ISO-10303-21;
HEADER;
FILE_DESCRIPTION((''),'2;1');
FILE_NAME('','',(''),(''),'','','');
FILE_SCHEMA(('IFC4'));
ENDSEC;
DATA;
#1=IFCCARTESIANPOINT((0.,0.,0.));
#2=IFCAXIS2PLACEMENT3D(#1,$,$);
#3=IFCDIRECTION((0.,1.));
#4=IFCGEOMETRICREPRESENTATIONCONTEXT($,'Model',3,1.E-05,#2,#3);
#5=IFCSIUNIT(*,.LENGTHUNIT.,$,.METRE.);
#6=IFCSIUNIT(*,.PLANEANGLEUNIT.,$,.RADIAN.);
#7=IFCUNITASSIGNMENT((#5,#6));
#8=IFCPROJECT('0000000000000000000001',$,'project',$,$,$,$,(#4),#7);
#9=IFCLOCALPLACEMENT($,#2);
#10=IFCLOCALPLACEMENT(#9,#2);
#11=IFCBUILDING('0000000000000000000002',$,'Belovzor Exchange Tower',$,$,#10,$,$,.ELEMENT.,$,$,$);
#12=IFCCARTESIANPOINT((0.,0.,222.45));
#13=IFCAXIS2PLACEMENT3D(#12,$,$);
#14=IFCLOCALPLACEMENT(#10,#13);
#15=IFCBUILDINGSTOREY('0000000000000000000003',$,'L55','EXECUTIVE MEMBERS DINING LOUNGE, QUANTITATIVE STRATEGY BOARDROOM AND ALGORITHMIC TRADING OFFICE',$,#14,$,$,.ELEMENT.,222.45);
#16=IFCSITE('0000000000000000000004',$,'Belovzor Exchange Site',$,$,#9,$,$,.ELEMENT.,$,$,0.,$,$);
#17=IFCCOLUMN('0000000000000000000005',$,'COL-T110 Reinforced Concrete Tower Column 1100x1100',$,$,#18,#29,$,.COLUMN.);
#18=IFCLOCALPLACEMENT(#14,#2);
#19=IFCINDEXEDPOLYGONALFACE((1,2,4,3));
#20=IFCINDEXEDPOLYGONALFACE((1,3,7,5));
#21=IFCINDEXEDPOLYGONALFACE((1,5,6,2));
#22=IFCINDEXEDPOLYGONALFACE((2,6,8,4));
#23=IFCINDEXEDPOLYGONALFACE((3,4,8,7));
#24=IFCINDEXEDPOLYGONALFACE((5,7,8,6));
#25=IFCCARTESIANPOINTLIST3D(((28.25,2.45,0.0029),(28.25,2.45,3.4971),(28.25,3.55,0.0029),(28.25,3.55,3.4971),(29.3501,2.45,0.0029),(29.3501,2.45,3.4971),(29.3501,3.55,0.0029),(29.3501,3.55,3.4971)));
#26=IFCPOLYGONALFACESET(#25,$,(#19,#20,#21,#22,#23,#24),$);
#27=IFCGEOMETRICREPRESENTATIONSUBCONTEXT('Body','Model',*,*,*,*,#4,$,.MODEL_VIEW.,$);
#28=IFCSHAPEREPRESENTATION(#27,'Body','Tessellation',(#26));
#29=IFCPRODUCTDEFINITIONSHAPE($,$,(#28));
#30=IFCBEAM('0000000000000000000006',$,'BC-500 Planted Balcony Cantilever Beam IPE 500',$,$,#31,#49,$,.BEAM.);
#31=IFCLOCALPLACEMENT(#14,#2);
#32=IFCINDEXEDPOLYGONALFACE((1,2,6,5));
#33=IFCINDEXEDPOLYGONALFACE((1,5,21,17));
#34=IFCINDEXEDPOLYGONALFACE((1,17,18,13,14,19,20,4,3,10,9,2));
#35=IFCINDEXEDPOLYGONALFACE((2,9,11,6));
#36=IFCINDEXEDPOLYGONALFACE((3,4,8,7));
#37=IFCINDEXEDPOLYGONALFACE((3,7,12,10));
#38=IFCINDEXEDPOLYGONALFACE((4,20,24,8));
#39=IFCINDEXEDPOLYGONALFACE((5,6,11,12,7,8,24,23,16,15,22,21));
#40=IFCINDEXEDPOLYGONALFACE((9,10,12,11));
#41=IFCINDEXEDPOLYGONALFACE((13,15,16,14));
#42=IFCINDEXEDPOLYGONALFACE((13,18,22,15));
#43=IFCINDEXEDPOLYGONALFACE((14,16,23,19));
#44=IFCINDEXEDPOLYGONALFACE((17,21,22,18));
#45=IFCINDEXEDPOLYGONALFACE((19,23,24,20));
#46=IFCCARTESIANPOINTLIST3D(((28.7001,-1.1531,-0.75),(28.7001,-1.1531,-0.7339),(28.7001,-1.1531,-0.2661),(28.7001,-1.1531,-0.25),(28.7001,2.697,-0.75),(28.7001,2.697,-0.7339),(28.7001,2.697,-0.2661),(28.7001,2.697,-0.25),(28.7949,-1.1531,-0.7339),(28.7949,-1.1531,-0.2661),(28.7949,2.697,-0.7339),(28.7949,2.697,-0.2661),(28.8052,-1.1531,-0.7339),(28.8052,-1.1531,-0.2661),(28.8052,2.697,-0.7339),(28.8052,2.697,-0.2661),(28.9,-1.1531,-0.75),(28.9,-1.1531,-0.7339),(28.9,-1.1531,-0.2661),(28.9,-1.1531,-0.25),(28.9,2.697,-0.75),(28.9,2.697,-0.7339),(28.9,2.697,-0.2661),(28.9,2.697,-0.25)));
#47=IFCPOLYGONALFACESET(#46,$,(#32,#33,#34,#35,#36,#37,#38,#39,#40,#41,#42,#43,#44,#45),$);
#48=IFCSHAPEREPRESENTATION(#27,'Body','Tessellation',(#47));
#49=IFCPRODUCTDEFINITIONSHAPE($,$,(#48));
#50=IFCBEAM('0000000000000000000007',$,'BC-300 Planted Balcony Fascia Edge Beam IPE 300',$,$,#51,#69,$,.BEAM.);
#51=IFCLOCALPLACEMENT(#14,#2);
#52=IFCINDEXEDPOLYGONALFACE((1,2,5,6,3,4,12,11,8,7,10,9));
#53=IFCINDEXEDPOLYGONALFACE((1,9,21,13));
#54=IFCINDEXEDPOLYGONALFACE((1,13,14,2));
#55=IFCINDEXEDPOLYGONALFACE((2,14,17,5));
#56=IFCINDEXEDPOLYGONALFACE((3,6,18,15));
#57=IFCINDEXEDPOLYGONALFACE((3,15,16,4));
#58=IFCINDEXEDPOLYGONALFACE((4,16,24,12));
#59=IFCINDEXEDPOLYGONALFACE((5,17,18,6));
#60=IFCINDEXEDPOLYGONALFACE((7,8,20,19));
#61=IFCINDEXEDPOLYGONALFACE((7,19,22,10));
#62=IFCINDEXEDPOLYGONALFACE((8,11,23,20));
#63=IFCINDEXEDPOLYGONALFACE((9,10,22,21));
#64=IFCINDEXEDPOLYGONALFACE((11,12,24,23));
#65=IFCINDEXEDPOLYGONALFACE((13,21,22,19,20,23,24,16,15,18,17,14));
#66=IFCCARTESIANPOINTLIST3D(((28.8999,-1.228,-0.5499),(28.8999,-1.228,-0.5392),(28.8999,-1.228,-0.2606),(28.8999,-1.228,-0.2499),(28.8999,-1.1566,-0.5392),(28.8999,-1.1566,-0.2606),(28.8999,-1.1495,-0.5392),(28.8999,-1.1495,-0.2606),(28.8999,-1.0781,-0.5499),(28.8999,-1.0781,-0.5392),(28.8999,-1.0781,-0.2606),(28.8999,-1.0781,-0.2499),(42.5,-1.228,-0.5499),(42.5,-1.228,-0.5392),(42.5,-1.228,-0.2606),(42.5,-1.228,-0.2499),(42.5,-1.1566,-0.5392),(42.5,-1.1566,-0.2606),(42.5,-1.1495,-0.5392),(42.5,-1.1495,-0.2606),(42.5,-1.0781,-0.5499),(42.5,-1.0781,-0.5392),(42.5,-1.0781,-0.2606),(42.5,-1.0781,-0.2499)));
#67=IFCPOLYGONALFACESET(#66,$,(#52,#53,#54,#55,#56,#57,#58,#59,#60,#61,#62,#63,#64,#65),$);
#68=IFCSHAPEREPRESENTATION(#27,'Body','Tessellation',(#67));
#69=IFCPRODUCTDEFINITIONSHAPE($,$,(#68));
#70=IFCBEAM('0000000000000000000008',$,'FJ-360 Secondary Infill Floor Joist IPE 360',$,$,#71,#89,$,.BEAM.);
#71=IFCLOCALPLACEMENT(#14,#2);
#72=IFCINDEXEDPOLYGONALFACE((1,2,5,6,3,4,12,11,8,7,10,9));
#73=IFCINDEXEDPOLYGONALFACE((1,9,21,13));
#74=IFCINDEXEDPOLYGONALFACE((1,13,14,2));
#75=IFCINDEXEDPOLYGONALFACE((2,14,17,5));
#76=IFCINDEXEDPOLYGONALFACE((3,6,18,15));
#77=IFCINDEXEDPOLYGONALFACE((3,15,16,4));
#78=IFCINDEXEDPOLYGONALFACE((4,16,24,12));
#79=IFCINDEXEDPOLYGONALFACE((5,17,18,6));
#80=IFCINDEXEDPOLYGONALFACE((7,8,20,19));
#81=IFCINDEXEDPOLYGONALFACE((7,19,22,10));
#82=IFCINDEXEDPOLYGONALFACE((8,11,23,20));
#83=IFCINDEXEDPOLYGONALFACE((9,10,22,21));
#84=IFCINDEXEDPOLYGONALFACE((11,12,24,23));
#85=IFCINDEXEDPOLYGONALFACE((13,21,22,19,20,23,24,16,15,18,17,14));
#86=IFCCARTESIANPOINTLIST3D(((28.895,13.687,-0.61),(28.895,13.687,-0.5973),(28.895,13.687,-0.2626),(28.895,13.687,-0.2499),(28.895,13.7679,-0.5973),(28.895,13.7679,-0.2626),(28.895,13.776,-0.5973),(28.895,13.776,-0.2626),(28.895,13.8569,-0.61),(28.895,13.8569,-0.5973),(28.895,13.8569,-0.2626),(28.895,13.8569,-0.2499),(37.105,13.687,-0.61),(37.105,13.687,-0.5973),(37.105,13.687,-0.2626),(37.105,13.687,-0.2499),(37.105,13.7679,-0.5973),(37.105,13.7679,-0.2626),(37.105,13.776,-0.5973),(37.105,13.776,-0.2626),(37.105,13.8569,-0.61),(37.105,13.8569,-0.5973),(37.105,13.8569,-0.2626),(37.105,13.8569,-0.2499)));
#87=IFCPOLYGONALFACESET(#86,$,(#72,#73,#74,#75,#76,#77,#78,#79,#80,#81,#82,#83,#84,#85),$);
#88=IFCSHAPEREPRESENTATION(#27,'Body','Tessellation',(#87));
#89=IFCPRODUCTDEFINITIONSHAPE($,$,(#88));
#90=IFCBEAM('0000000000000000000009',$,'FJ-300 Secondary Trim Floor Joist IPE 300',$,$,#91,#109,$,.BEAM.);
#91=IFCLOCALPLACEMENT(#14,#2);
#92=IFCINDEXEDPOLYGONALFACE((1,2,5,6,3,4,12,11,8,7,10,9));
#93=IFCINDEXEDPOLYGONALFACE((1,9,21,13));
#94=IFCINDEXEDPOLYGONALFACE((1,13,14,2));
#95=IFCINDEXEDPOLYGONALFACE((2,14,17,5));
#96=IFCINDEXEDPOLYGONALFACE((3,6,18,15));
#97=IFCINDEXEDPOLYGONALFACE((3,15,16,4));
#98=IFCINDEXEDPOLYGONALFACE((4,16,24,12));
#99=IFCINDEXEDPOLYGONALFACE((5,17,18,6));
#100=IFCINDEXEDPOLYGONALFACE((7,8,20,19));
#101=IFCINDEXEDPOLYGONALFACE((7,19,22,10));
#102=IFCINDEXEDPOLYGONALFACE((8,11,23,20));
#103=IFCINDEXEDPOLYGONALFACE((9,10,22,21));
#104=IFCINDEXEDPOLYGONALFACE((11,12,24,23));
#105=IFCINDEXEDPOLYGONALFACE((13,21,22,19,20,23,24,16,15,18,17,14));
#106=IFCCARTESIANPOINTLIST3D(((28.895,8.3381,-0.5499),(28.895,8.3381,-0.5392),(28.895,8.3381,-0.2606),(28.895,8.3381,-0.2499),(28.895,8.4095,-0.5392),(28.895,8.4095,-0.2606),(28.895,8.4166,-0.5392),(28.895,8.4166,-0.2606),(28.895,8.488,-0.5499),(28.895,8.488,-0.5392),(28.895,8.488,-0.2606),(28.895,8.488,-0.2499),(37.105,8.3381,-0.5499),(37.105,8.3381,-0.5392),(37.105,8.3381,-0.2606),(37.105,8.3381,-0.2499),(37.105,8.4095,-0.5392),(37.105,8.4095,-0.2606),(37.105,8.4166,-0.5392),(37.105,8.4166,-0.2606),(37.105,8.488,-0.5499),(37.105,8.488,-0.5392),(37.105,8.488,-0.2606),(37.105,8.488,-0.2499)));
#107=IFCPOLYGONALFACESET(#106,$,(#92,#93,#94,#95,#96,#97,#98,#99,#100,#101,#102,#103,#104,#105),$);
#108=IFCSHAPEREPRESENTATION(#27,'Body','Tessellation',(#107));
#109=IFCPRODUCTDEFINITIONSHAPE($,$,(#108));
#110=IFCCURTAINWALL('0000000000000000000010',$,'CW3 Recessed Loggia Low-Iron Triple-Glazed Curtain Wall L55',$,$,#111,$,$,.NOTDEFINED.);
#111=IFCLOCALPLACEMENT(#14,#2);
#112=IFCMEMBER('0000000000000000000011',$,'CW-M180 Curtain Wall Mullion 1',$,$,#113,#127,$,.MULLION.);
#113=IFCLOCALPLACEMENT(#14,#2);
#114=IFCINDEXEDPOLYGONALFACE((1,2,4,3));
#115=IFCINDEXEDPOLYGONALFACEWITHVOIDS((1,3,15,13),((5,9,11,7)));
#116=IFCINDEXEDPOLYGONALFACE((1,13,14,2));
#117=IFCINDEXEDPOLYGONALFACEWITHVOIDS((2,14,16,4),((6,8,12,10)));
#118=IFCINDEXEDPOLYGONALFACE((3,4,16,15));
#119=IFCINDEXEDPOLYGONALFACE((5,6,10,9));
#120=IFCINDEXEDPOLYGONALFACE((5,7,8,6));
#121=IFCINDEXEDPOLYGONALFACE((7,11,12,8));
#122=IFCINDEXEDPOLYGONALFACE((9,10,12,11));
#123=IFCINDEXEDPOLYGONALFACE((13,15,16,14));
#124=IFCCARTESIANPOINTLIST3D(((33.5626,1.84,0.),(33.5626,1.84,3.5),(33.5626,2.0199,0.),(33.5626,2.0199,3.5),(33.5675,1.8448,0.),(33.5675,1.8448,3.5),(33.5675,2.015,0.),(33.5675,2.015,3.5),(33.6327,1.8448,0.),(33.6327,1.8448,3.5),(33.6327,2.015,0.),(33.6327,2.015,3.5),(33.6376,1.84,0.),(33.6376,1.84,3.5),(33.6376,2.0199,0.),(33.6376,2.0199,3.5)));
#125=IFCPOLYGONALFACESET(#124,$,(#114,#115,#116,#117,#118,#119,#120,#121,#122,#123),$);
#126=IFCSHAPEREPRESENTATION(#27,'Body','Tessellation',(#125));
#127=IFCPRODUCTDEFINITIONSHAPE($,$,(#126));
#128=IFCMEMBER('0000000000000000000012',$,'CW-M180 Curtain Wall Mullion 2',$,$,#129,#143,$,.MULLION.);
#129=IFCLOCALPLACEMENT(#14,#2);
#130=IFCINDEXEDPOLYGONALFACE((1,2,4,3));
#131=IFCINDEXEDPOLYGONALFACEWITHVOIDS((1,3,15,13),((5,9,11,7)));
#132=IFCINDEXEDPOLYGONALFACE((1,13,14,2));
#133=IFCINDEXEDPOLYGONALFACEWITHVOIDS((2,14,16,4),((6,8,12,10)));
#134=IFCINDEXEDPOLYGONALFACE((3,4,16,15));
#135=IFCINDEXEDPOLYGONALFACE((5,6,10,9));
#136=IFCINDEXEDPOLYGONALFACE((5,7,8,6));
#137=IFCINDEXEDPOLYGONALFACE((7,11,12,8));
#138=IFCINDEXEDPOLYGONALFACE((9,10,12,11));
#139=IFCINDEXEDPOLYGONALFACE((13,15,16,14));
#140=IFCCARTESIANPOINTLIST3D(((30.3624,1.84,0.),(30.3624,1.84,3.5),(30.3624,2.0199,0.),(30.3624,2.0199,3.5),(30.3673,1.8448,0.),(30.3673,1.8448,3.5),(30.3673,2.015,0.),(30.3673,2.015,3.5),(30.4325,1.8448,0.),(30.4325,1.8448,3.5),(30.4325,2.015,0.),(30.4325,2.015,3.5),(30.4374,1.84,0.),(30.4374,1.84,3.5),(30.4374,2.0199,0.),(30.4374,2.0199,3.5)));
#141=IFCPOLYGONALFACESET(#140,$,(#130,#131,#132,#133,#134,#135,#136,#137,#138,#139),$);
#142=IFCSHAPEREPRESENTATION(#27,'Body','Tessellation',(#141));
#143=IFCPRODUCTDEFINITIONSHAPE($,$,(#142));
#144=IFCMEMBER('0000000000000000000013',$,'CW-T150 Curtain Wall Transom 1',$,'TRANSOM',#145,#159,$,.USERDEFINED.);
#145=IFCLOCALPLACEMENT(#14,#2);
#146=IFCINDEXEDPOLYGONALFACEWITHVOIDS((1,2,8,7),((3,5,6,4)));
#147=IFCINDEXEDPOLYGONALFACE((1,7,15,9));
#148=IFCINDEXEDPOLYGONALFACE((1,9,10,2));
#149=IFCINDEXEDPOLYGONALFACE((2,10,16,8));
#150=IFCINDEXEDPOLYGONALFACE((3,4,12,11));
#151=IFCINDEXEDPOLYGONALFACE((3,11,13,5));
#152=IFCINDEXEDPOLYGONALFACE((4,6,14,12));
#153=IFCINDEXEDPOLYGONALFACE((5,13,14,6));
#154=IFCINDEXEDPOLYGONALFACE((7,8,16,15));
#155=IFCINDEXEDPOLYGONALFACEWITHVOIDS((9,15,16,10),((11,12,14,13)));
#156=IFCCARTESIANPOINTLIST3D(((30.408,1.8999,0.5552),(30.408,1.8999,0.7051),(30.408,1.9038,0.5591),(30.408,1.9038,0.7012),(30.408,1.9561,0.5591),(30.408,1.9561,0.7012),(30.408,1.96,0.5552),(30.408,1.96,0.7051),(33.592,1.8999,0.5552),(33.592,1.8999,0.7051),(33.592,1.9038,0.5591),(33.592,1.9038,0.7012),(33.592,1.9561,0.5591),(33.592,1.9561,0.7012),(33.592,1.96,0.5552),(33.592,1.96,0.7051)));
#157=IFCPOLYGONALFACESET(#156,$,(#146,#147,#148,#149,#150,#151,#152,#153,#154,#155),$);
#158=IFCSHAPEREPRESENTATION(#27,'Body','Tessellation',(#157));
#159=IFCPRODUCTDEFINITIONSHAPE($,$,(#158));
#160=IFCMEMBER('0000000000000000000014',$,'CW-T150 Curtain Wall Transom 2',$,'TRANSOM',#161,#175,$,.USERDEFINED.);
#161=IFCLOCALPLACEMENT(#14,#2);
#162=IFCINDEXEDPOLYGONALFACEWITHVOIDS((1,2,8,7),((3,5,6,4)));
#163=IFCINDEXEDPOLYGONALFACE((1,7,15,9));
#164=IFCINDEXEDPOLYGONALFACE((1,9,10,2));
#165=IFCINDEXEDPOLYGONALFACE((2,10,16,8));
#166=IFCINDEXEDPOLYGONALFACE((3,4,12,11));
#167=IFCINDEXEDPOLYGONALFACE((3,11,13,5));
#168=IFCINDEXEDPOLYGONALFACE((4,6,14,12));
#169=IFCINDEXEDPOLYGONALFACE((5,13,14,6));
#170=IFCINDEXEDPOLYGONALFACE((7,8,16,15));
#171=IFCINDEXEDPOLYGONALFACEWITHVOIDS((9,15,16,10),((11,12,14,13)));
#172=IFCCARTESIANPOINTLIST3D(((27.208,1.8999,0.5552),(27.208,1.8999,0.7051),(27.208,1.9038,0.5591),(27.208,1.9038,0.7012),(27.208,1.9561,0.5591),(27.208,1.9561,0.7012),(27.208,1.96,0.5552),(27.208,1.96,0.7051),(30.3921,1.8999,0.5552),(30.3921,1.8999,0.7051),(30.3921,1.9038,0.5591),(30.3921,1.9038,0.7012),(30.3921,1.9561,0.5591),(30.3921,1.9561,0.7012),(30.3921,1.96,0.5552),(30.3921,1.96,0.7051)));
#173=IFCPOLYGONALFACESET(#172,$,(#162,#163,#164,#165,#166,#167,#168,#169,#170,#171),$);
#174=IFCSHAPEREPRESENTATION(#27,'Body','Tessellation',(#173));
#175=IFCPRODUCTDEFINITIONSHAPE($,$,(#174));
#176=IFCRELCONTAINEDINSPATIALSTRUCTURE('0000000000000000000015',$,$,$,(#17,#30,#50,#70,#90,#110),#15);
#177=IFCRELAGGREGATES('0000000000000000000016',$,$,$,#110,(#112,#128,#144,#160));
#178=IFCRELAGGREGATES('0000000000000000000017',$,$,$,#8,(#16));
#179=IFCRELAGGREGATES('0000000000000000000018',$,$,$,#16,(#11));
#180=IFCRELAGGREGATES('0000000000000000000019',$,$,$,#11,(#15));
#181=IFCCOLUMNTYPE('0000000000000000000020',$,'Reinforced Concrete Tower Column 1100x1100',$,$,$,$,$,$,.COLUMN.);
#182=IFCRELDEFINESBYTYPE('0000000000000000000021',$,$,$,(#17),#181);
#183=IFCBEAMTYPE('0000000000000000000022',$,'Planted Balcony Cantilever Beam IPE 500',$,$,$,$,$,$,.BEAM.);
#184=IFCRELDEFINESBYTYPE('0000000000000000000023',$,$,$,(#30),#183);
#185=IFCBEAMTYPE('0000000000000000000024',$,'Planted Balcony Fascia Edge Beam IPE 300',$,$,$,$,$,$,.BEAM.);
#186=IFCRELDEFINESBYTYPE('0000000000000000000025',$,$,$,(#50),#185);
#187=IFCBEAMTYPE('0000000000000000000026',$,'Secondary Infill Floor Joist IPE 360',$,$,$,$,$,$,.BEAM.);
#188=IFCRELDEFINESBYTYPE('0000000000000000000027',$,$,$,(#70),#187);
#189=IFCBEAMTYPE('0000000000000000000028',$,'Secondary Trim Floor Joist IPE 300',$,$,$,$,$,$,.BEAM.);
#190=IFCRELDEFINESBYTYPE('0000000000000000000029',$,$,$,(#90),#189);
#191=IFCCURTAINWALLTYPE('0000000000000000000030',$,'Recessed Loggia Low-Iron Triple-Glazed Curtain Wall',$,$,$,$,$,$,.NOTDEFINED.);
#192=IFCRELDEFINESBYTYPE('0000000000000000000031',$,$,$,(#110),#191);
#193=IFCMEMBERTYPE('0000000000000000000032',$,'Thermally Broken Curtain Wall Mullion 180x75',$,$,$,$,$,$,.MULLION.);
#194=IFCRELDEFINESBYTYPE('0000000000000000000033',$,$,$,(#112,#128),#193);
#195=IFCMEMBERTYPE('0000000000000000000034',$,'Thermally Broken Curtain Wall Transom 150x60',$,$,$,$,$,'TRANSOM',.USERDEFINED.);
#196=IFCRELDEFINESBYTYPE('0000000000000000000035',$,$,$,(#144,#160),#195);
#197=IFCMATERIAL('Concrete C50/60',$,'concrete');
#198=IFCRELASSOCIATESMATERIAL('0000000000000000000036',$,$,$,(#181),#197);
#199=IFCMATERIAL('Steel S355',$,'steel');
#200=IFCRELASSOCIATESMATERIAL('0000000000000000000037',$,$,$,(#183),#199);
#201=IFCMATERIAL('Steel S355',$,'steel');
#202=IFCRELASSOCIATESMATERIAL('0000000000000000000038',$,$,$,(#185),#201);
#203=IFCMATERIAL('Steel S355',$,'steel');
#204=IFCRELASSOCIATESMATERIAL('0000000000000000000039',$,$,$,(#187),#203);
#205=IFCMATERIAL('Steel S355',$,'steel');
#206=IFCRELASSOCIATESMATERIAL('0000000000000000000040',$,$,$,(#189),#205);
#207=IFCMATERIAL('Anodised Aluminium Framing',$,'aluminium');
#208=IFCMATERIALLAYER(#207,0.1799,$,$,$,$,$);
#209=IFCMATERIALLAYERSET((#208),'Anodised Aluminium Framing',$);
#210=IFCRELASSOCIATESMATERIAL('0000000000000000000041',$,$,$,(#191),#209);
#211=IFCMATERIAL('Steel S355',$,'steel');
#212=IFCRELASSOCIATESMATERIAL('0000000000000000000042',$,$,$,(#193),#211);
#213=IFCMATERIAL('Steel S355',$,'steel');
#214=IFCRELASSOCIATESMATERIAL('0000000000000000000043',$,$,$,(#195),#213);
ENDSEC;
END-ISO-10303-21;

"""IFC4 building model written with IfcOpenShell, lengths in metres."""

from ifc_helpers import new_model, si_unit, direction, frame, origin, origin_2d, place, context, subcontext, project, spatial, rectangle, hollow_rectangle, i_section, extrude, material, layer, layer_set, material_profile, profile_set, type_object, element, aggregate, save


model = new_model("IFC4")

# Units and contexts
model_context = context("Model", 3, precision=1e-05, world=origin(), true_north=direction((0.0, 1.0)))
body_context = subcontext(model_context, "Body", "Model", "MODEL_VIEW")
ifc_project = project(units=[si_unit("LENGTHUNIT", "METRE"), si_unit("PLANEANGLEUNIT", "RADIAN")], contexts=[model_context])

# Site, building, storey
site_placement = place(None, origin())
site = spatial("IfcSite", under=ifc_project, at=site_placement, Name="Belovzor Exchange Site", CompositionType="ELEMENT", RefElevation=0.0)
building_placement = place(site_placement, origin())
building = spatial("IfcBuilding", under=site, at=building_placement, Name="Belovzor Exchange Tower", CompositionType="ELEMENT")
storey_placement = place(building_placement, frame((0.0, 0.0, 222.45)))
storey = spatial("IfcBuildingStorey", under=building, at=storey_placement, Name="L55", Description="EXECUTIVE MEMBERS DINING LOUNGE, QUANTITATIVE STRATEGY BOARDROOM AND ALGORITHMIC TRADING OFFICE", CompositionType="ELEMENT", Elevation=222.45)

# Column
ifc_material_1 = material(Name="Concrete C50/60", Category="concrete")
ifc_material_profile_1 = material_profile(ifc_material_1, rectangle(XDim=1.1001, YDim=1.1001, at=origin_2d()))
ifc_profile_set_1 = profile_set([ifc_material_profile_1], Name="Concrete C50/60")
column_type = type_object("IfcColumnType", Name="Reinforced Concrete Tower Column 1100x1100", PredefinedType="COLUMN", material=ifc_profile_set_1)
column_placement = place(storey_placement, frame((28.8, 3.0, 0.0029), z_axis=(0.0, 0.0, 1.0), x_axis=(1.0, 0.0, 0.0)))
element("IfcColumn", 1, at=column_placement, inside=storey, type_object=column_type, Name="COL-T110 Reinforced Concrete Tower Column 1100x1100", PredefinedType="COLUMN", context=body_context, shape_type="SweptSolid", body=[
    extrude(rectangle(XDim=1.1001, YDim=1.1001, at=origin_2d()), origin(), (0.0, 0.0, 1.0), 3.4941),
])

# Beams
ifc_material_2 = material(Name="Steel S355", Category="steel")
ifc_material_profile_2 = material_profile(ifc_material_2, i_section(OverallWidth=0.2, OverallDepth=0.5, WebThickness=0.0103, FlangeThickness=0.0161, at=origin_2d()))
ifc_profile_set_2 = profile_set([ifc_material_profile_2], Name="Steel S355")
beam_type_1 = type_object("IfcBeamType", Name="Planted Balcony Cantilever Beam IPE 500", PredefinedType="BEAM", material=ifc_profile_set_2)
beam_1_placement = place(storey_placement, frame((28.8, 2.697, -0.5), z_axis=(0.0, -1.0, 0.0), x_axis=(1.0, 0.0, 0.0)))
element("IfcBeam", 2, at=beam_1_placement, inside=storey, type_object=beam_type_1, Name="BC-500 Planted Balcony Cantilever Beam IPE 500", PredefinedType="BEAM", context=body_context, shape_type="SweptSolid", body=[
    extrude(i_section(OverallWidth=0.2, OverallDepth=0.5, WebThickness=0.0103, FlangeThickness=0.0161, at=origin_2d()), origin(), (0.0, 0.0, 1.0), 3.8501),
])
ifc_material_3 = material(Name="Steel S355", Category="steel")
ifc_material_profile_3 = material_profile(ifc_material_3, i_section(OverallWidth=0.1499, OverallDepth=0.3, WebThickness=0.0071, FlangeThickness=0.0107, at=origin_2d()))
ifc_profile_set_3 = profile_set([ifc_material_profile_3], Name="Steel S355")
beam_type_2 = type_object("IfcBeamType", Name="Planted Balcony Fascia Edge Beam IPE 300", PredefinedType="BEAM", material=ifc_profile_set_3)
beam_2_placement = place(storey_placement, frame((28.8999, -1.1531, -0.3999), z_axis=(1.0, 0.0, 0.0), x_axis=(0.0, 1.0, 0.0)))
element("IfcBeam", 3, at=beam_2_placement, inside=storey, type_object=beam_type_2, Name="BC-300 Planted Balcony Fascia Edge Beam IPE 300", PredefinedType="BEAM", context=body_context, shape_type="SweptSolid", body=[
    extrude(i_section(OverallWidth=0.1499, OverallDepth=0.3, WebThickness=0.0071, FlangeThickness=0.0107, at=origin_2d()), origin(), (0.0, 0.0, 1.0), 13.6001),
])
ifc_material_4 = material(Name="Steel S355", Category="steel")
ifc_material_profile_4 = material_profile(ifc_material_4, i_section(OverallWidth=0.1699, OverallDepth=0.3601, WebThickness=0.0081, FlangeThickness=0.0127, at=origin_2d()))
ifc_profile_set_4 = profile_set([ifc_material_profile_4], Name="Steel S355")
beam_type_3 = type_object("IfcBeamType", Name="Secondary Infill Floor Joist IPE 360", PredefinedType="BEAM", material=ifc_profile_set_4)
beam_3_placement = place(storey_placement, frame((28.895, 13.772, -0.4299), z_axis=(1.0, 0.0, 0.0), x_axis=(0.0, 1.0, 0.0)))
element("IfcBeam", 4, at=beam_3_placement, inside=storey, type_object=beam_type_3, Name="FJ-360 Secondary Infill Floor Joist IPE 360", PredefinedType="BEAM", context=body_context, shape_type="SweptSolid", body=[
    extrude(i_section(OverallWidth=0.1699, OverallDepth=0.3601, WebThickness=0.0081, FlangeThickness=0.0127, at=origin_2d()), origin(), (0.0, 0.0, 1.0), 8.21),
])
ifc_material_5 = material(Name="Steel S355", Category="steel")
ifc_material_profile_5 = material_profile(ifc_material_5, i_section(OverallWidth=0.1499, OverallDepth=0.3, WebThickness=0.0071, FlangeThickness=0.0107, at=origin_2d()))
ifc_profile_set_5 = profile_set([ifc_material_profile_5], Name="Steel S355")
beam_type_4 = type_object("IfcBeamType", Name="Secondary Trim Floor Joist IPE 300", PredefinedType="BEAM", material=ifc_profile_set_5)
beam_4_placement = place(storey_placement, frame((28.895, 8.4131, -0.3999), z_axis=(1.0, 0.0, 0.0), x_axis=(0.0, 1.0, 0.0)))
element("IfcBeam", 5, at=beam_4_placement, inside=storey, type_object=beam_type_4, Name="FJ-300 Secondary Trim Floor Joist IPE 300", PredefinedType="BEAM", context=body_context, shape_type="SweptSolid", body=[
    extrude(i_section(OverallWidth=0.1499, OverallDepth=0.3, WebThickness=0.0071, FlangeThickness=0.0107, at=origin_2d()), origin(), (0.0, 0.0, 1.0), 8.21),
])

# Curtain wall, members
ifc_material_6 = material(Name="Anodised Aluminium Framing", Category="aluminium")
ifc_layer_1 = layer(ifc_material_6, 0.1799)
ifc_layer_set_1 = layer_set([ifc_layer_1], Name="Anodised Aluminium Framing")
curtain_wall_type = type_object("IfcCurtainWallType", Name="Recessed Loggia Low-Iron Triple-Glazed Curtain Wall", PredefinedType="NOTDEFINED", material=ifc_layer_set_1)
curtain_wall_placement = place(storey_placement, origin())
curtain_wall = element("IfcCurtainWall", 6, at=curtain_wall_placement, inside=storey, type_object=curtain_wall_type, Name="CW3 Recessed Loggia Low-Iron Triple-Glazed Curtain Wall L55", PredefinedType="NOTDEFINED")
ifc_material_7 = material(Name="Steel S355", Category="steel")
ifc_material_profile_6 = material_profile(ifc_material_7, hollow_rectangle(XDim=0.075, YDim=0.1799, WallThickness=0.0049, at=origin_2d()))
ifc_profile_set_6 = profile_set([ifc_material_profile_6], Name="Steel S355")
member_type_1 = type_object("IfcMemberType", Name="Thermally Broken Curtain Wall Mullion 180x75", PredefinedType="MULLION", material=ifc_profile_set_6)
member_1_placement = place(storey_placement, frame((33.6001, 1.9299, 0.0), z_axis=(0.0, 0.0, 1.0), x_axis=(-1.0, 0.0, 0.0)))
member_1 = element("IfcMember", 7, at=member_1_placement, type_object=member_type_1, Name="CW-M180 Curtain Wall Mullion 1", PredefinedType="MULLION", context=body_context, shape_type="SweptSolid", body=[
    extrude(hollow_rectangle(XDim=0.075, YDim=0.1799, WallThickness=0.0049, at=origin_2d()), origin(), (0.0, 0.0, 1.0), 3.5),
])
member_2_placement = place(storey_placement, frame((30.3999, 1.9299, 0.0), z_axis=(0.0, 0.0, 1.0), x_axis=(-1.0, 0.0, 0.0)))
member_2 = element("IfcMember", 8, at=member_2_placement, type_object=member_type_1, Name="CW-M180 Curtain Wall Mullion 2", PredefinedType="MULLION", context=body_context, shape_type="SweptSolid", body=[
    extrude(hollow_rectangle(XDim=0.075, YDim=0.1799, WallThickness=0.0049, at=origin_2d()), origin(), (0.0, 0.0, 1.0), 3.5),
])
ifc_material_8 = material(Name="Steel S355", Category="steel")
ifc_material_profile_7 = material_profile(ifc_material_8, hollow_rectangle(XDim=0.0601, YDim=0.1499, WallThickness=0.0039, at=origin_2d()))
ifc_profile_set_7 = profile_set([ifc_material_profile_7], Name="Steel S355")
member_type_2 = type_object("IfcMemberType", Name="Thermally Broken Curtain Wall Transom 150x60", ElementType="TRANSOM", PredefinedType="USERDEFINED", material=ifc_profile_set_7)
member_3_placement = place(storey_placement, frame((33.592, 1.9299, 0.6301), z_axis=(-1.0, 0.0, 0.0), x_axis=(0.0, -1.0, 0.0)))
member_3 = element("IfcMember", 9, at=member_3_placement, type_object=member_type_2, Name="CW-T150 Curtain Wall Transom 1", ObjectType="TRANSOM", PredefinedType="USERDEFINED", context=body_context, shape_type="SweptSolid", body=[
    extrude(hollow_rectangle(XDim=0.0601, YDim=0.1499, WallThickness=0.0039, at=origin_2d()), origin(), (0.0, 0.0, 1.0), 3.1841),
])
member_4_placement = place(storey_placement, frame((30.3921, 1.9299, 0.6301), z_axis=(-1.0, 0.0, 0.0), x_axis=(0.0, -1.0, 0.0)))
member_4 = element("IfcMember", 10, at=member_4_placement, type_object=member_type_2, Name="CW-T150 Curtain Wall Transom 2", ObjectType="TRANSOM", PredefinedType="USERDEFINED", context=body_context, shape_type="SweptSolid", body=[
    extrude(hollow_rectangle(XDim=0.0601, YDim=0.1499, WallThickness=0.0039, at=origin_2d()), origin(), (0.0, 0.0, 1.0), 3.1841),
])

aggregate(curtain_wall, [member_1, member_2, member_3, member_4])

save(model, "model.ifc")
